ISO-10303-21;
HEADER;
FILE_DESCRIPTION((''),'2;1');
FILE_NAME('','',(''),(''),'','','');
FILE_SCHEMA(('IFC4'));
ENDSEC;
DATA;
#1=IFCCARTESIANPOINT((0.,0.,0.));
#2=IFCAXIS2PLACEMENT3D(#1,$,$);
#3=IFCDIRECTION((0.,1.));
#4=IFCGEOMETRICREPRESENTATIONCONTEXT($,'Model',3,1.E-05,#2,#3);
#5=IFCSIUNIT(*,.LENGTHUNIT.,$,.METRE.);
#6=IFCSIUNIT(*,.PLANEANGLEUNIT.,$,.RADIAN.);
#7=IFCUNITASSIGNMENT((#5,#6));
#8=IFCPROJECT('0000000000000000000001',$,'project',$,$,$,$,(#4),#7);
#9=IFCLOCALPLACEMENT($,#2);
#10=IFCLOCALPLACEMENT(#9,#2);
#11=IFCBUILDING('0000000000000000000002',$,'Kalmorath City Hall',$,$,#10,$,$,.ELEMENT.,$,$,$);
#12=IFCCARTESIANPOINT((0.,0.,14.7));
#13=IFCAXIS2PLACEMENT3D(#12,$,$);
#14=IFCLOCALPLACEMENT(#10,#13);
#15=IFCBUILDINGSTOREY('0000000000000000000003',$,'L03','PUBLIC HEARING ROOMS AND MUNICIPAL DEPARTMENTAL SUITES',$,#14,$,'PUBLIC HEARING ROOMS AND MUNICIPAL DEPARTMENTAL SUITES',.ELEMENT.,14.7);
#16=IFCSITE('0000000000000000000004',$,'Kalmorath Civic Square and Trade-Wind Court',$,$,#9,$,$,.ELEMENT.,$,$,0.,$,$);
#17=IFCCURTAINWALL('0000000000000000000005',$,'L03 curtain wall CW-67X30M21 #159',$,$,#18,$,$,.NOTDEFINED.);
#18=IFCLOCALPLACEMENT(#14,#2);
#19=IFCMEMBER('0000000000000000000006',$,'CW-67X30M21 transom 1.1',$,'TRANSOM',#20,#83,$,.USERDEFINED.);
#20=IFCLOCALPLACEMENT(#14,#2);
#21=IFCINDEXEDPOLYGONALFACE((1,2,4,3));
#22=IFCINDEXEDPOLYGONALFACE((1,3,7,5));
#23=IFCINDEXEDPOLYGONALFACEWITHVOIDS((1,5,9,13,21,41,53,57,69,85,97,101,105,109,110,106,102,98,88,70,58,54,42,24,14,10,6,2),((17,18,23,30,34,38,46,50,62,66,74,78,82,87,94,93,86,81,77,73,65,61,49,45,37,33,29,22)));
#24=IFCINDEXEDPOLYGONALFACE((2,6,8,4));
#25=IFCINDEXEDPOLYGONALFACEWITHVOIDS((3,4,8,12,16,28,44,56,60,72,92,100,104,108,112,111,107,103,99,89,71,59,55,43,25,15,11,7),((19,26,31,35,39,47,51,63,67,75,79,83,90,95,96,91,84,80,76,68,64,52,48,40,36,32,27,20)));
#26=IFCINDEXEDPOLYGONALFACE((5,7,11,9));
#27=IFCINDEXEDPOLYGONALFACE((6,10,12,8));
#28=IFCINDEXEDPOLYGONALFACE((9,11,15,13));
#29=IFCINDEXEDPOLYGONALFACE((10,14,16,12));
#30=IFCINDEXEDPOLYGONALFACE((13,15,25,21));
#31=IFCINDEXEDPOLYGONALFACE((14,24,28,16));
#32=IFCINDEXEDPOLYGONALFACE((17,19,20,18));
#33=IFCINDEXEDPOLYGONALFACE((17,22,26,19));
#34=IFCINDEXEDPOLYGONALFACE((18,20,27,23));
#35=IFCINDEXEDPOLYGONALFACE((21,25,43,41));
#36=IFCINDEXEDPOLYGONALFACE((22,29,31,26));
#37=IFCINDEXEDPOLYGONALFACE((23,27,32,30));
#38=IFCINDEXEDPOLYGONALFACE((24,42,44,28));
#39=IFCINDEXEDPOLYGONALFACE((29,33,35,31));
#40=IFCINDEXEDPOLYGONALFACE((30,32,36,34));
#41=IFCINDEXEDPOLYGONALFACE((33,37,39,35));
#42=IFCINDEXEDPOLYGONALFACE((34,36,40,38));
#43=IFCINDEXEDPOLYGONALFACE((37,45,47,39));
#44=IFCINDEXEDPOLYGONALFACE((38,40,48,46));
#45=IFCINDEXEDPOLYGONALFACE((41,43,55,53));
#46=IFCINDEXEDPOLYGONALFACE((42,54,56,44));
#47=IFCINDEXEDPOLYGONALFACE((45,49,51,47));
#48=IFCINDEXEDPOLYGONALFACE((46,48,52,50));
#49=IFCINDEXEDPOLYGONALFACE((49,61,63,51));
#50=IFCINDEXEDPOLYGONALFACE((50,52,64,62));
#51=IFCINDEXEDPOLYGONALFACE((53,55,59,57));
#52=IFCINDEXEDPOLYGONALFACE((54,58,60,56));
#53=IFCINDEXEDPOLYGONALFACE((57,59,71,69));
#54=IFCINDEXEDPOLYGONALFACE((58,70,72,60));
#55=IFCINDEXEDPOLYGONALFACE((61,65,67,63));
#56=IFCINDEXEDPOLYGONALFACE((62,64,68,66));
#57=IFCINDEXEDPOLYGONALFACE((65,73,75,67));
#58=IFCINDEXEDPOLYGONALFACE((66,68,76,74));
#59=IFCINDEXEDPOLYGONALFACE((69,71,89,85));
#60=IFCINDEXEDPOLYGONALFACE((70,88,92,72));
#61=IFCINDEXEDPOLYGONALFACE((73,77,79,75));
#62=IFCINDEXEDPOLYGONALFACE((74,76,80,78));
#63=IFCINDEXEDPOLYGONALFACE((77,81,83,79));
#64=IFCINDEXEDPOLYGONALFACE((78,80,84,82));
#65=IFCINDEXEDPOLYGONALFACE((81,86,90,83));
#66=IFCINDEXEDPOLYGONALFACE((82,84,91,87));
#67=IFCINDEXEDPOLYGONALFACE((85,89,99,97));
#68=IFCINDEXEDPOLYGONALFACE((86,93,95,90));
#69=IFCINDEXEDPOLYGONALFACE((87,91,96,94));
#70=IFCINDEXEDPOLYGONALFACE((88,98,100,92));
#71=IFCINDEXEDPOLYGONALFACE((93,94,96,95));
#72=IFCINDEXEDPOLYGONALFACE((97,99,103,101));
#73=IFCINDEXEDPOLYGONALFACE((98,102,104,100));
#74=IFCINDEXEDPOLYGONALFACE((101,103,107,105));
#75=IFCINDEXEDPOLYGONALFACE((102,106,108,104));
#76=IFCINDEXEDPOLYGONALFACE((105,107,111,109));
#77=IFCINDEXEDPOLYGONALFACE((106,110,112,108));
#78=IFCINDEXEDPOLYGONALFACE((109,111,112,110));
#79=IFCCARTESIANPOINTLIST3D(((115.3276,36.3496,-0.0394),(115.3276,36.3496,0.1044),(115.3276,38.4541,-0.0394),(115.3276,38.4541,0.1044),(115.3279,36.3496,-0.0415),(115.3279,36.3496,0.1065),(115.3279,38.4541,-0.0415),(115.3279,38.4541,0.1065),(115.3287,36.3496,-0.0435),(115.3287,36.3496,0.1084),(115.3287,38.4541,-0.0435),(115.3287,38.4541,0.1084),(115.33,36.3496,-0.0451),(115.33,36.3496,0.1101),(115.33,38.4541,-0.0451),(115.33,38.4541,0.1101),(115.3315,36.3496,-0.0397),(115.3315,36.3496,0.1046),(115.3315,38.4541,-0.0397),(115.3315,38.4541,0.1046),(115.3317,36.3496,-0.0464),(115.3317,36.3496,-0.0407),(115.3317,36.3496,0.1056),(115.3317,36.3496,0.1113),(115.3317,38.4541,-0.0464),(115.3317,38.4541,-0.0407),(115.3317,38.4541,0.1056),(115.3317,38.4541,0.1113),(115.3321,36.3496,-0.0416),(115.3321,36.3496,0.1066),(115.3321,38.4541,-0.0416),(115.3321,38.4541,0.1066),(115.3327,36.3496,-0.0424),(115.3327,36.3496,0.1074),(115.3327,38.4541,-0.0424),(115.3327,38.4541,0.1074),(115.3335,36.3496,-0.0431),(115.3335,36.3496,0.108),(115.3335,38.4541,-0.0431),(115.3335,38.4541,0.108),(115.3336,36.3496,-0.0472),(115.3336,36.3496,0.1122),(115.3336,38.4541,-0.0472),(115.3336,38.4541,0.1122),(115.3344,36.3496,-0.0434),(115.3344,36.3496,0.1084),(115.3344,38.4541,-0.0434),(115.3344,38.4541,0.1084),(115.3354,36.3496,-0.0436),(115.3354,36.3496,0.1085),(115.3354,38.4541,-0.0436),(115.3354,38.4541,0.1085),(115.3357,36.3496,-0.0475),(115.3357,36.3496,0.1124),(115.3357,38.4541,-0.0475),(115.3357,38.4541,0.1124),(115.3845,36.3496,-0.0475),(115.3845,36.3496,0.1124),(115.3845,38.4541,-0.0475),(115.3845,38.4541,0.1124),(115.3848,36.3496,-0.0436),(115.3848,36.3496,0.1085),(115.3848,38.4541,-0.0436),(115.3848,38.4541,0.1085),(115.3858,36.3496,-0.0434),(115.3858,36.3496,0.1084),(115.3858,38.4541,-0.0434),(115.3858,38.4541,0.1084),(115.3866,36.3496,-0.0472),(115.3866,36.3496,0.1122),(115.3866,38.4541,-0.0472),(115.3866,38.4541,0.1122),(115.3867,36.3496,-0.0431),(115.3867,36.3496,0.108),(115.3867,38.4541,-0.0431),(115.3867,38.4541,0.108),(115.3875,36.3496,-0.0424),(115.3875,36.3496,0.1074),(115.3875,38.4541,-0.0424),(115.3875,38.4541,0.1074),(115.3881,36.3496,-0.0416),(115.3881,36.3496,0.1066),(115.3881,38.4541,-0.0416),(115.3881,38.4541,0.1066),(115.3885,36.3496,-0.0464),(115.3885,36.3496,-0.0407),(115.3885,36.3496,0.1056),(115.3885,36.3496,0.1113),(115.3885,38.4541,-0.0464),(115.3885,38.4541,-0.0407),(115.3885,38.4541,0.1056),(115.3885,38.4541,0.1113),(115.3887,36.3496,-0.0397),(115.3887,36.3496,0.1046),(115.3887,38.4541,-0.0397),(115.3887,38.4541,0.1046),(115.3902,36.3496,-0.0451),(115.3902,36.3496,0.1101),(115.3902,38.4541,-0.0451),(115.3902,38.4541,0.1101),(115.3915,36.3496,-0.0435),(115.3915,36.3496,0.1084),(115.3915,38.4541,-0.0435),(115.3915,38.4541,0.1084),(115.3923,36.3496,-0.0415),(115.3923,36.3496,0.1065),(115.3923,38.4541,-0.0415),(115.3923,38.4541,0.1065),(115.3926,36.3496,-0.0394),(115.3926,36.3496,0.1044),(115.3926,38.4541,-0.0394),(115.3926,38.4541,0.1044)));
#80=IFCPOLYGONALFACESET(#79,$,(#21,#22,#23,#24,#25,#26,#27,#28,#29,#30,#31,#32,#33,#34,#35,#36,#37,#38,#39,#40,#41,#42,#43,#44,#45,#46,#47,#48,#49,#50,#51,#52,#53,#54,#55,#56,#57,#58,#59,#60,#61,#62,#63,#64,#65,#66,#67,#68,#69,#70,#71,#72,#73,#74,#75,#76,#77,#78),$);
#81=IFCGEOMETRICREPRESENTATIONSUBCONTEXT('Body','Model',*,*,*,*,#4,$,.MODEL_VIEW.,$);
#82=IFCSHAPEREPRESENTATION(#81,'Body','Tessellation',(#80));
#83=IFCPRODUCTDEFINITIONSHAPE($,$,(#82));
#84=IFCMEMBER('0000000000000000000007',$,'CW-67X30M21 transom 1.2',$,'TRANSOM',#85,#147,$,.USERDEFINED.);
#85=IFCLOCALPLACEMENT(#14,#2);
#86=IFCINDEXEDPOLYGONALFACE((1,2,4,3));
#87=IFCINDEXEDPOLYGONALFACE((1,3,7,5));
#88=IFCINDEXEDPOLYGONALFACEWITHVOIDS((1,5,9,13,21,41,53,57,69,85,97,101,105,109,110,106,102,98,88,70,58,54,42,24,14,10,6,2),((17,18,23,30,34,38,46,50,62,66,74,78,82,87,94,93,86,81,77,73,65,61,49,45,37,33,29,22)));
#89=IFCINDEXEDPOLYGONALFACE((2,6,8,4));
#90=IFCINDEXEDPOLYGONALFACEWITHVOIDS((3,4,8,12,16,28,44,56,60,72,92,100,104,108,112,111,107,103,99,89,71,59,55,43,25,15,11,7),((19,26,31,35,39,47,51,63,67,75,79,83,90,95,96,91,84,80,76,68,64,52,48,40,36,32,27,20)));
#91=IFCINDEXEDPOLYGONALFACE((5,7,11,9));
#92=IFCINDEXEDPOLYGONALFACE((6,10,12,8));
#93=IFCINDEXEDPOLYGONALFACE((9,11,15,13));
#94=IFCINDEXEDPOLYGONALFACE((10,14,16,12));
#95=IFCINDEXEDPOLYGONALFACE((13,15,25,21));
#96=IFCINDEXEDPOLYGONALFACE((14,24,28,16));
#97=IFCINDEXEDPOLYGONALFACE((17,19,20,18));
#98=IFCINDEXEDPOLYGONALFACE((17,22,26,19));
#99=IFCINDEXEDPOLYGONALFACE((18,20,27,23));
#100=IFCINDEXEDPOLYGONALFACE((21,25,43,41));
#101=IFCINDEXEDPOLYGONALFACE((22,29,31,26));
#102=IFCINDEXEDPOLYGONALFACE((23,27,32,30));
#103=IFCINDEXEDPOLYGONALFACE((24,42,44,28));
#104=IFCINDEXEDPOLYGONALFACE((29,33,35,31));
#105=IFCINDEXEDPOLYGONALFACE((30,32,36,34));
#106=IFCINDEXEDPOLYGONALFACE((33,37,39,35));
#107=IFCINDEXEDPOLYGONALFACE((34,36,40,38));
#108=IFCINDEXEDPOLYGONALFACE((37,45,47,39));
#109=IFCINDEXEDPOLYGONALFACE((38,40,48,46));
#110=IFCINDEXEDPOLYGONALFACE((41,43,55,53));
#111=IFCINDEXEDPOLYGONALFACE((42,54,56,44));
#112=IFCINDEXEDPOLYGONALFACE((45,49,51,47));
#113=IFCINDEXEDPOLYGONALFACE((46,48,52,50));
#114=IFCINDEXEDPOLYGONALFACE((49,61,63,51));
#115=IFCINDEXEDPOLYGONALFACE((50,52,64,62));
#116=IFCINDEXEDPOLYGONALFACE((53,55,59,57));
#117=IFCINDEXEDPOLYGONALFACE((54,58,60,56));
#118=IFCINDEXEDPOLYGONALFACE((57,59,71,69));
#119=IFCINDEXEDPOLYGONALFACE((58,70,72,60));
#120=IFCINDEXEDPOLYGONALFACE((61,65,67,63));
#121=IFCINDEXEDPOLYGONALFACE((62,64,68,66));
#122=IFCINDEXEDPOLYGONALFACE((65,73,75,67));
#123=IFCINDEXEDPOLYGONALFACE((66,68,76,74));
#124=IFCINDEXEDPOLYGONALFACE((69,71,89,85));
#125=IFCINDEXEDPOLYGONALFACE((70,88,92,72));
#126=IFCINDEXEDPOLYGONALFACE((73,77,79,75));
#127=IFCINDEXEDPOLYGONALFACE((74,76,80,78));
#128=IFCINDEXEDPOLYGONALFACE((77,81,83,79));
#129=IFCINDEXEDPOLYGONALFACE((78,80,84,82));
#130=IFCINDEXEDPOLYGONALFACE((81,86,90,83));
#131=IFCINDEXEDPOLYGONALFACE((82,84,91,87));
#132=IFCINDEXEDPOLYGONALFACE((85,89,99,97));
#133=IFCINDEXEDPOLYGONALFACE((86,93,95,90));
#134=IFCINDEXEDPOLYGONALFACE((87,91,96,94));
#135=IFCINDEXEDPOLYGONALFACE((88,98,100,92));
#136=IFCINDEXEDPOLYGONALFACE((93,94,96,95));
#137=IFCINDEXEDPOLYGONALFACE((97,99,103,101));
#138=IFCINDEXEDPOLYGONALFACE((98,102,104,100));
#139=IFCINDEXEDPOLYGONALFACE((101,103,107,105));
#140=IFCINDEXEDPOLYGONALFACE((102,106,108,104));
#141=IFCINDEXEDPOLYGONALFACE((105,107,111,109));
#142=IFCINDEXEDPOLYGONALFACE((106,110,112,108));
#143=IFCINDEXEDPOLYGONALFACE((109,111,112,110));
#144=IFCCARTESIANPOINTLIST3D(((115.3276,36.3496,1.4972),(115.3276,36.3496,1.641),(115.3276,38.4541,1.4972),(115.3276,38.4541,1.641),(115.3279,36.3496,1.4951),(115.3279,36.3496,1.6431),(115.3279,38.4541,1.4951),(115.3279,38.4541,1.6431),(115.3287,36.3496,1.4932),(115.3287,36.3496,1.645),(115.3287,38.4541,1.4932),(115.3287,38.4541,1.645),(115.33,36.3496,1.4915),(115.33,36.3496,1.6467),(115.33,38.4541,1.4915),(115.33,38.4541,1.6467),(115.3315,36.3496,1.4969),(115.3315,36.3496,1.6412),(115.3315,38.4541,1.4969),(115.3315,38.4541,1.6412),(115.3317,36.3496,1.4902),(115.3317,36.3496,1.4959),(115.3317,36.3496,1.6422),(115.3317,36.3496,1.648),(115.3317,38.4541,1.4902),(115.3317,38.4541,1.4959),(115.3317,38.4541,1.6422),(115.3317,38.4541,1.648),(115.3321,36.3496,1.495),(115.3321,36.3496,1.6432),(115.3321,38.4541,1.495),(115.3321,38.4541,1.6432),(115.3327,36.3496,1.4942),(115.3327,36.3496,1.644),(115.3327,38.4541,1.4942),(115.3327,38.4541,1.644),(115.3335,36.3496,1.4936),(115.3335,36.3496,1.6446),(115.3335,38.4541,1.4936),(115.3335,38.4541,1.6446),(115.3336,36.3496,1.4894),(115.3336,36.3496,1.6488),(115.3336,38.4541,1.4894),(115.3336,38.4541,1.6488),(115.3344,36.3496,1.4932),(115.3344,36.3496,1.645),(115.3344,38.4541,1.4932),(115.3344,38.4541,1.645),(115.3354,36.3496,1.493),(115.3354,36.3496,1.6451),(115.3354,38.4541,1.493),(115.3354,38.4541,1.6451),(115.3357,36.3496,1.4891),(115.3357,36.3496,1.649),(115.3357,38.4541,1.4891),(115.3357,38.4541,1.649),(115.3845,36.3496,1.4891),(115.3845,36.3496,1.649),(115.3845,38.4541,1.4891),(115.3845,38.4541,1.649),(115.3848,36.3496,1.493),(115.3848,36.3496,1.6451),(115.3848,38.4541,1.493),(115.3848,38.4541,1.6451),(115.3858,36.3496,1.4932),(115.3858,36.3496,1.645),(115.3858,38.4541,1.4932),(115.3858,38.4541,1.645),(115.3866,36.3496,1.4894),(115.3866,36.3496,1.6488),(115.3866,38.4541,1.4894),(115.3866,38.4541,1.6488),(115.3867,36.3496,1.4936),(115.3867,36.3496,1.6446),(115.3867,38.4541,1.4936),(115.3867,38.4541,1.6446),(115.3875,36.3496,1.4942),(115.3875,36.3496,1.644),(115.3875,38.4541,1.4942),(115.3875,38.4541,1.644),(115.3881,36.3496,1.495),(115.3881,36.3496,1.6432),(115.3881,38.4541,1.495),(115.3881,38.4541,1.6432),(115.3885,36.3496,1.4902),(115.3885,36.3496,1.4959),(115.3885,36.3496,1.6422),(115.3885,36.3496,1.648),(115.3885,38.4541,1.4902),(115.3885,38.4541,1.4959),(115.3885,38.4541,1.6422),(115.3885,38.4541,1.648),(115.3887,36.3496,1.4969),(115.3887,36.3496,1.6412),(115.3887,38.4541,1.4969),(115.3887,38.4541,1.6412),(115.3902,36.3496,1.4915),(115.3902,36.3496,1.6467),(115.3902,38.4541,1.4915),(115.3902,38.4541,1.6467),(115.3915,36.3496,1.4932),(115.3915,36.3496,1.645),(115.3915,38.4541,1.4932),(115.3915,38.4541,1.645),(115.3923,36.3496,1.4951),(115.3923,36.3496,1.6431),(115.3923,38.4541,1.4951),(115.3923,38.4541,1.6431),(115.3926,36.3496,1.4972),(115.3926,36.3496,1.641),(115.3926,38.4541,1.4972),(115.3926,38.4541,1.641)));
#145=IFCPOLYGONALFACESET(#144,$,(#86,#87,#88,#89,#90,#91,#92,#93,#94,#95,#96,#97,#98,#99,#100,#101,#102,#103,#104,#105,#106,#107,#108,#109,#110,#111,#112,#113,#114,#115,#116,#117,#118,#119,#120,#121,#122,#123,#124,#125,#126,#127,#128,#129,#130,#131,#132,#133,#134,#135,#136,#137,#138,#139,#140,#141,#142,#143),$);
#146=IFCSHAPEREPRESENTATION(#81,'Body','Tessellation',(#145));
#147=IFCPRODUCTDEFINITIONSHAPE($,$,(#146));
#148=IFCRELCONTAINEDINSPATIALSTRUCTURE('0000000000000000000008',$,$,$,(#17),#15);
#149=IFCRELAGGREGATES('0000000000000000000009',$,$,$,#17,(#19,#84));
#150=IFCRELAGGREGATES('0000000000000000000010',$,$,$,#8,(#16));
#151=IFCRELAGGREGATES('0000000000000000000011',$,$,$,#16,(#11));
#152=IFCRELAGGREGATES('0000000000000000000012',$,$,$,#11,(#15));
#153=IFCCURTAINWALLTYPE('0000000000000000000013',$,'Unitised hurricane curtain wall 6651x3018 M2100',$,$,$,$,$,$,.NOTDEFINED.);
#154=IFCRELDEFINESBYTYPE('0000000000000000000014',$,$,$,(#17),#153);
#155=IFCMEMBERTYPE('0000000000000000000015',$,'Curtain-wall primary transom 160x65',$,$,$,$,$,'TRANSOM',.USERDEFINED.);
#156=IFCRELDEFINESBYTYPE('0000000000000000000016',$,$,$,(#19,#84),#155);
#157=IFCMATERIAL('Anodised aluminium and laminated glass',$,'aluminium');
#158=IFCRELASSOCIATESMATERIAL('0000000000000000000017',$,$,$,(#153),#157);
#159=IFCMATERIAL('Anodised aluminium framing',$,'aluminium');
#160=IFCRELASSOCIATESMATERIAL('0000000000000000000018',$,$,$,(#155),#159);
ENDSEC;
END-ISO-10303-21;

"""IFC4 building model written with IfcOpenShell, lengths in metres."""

from ifc_helpers import new_model, si_unit, direction, frame, origin, origin_2d, place, context, subcontext, project, spatial, hollow_rectangle, extrude, material, material_profile, profile_set, type_object, element, aggregate, save


model = new_model("IFC4")

# Units and contexts
model_context = context("Model", 3, precision=1e-05, world=origin(), true_north=direction((0.0, 1.0)))
body_context = subcontext(model_context, "Body", "Model", "MODEL_VIEW")
ifc_project = project(units=[si_unit("LENGTHUNIT", "METRE"), si_unit("PLANEANGLEUNIT", "RADIAN")], contexts=[model_context])

# Site, building, storey
site_placement = place(None, origin())
site = spatial("IfcSite", under=ifc_project, at=site_placement, Name="Kalmorath Civic Square and Trade-Wind Court", CompositionType="ELEMENT", RefElevation=0.0)
building_placement = place(site_placement, origin())
building = spatial("IfcBuilding", under=site, at=building_placement, Name="Kalmorath City Hall", CompositionType="ELEMENT")
storey_placement = place(building_placement, frame((0.0, 0.0, 14.7)))
storey = spatial("IfcBuildingStorey", under=building, at=storey_placement, Name="L03", Description="PUBLIC HEARING ROOMS AND MUNICIPAL DEPARTMENTAL SUITES", LongName="PUBLIC HEARING ROOMS AND MUNICIPAL DEPARTMENTAL SUITES", CompositionType="ELEMENT", Elevation=14.7)

# Curtain wall, members
ifc_material_1 = material(Name="Anodised aluminium and laminated glass", Category="aluminium")
curtain_wall_type = type_object("IfcCurtainWallType", Name="Unitised hurricane curtain wall 6651x3018 M2100", PredefinedType="NOTDEFINED", material=ifc_material_1)
curtain_wall_placement = place(storey_placement, origin())
curtain_wall = element("IfcCurtainWall", 1, at=curtain_wall_placement, inside=storey, type_object=curtain_wall_type, Name="L03 curtain wall CW-67X30M21 #159", PredefinedType="NOTDEFINED")
ifc_material_2 = material(Name="Anodised aluminium framing", Category="aluminium")
ifc_material_profile_1 = material_profile(ifc_material_2, hollow_rectangle(XDim=0.0649, YDim=0.1599, WallThickness=0.0039, InnerFilletRadius=0.0039, OuterFilletRadius=0.0081, at=origin_2d()), Name="ALU-TRN-160X65X4")
ifc_profile_set_1 = profile_set([ifc_material_profile_1], Name="Anodised aluminium framing")
member_type_1 = type_object("IfcMemberType", Name="Curtain-wall primary transom 160x65", ElementType="TRANSOM", PredefinedType="USERDEFINED", material=ifc_profile_set_1)
member_1_placement = place(storey_placement, frame((115.3601, 36.3496, 0.0325), z_axis=(0.0, 1.0, 0.0), x_axis=(-1.0, 0.0, 0.0)))
member_1 = element("IfcMember", 2, at=member_1_placement, type_object=member_type_1, Name="CW-67X30M21 transom 1.1", ObjectType="TRANSOM", PredefinedType="USERDEFINED", context=body_context, shape_type="SweptSolid", body=[
    extrude(hollow_rectangle(XDim=0.0649, YDim=0.1599, WallThickness=0.0039, InnerFilletRadius=0.0039, OuterFilletRadius=0.0081, at=origin_2d()), origin(), (0.0, 0.0, 1.0), 2.1045),
])
member_2_placement = place(storey_placement, frame((115.3601, 36.3496, 1.5691), z_axis=(0.0, 1.0, 0.0), x_axis=(-1.0, 0.0, 0.0)))
member_2 = element("IfcMember", 3, at=member_2_placement, type_object=member_type_1, Name="CW-67X30M21 transom 1.2", ObjectType="TRANSOM", PredefinedType="USERDEFINED", context=body_context, shape_type="SweptSolid", body=[
    extrude(hollow_rectangle(XDim=0.0649, YDim=0.1599, WallThickness=0.0039, InnerFilletRadius=0.0039, OuterFilletRadius=0.0081, at=origin_2d()), origin(), (0.0, 0.0, 1.0), 2.1045),
])

aggregate(curtain_wall, [member_1, member_2])

save(model, "model.ifc")
